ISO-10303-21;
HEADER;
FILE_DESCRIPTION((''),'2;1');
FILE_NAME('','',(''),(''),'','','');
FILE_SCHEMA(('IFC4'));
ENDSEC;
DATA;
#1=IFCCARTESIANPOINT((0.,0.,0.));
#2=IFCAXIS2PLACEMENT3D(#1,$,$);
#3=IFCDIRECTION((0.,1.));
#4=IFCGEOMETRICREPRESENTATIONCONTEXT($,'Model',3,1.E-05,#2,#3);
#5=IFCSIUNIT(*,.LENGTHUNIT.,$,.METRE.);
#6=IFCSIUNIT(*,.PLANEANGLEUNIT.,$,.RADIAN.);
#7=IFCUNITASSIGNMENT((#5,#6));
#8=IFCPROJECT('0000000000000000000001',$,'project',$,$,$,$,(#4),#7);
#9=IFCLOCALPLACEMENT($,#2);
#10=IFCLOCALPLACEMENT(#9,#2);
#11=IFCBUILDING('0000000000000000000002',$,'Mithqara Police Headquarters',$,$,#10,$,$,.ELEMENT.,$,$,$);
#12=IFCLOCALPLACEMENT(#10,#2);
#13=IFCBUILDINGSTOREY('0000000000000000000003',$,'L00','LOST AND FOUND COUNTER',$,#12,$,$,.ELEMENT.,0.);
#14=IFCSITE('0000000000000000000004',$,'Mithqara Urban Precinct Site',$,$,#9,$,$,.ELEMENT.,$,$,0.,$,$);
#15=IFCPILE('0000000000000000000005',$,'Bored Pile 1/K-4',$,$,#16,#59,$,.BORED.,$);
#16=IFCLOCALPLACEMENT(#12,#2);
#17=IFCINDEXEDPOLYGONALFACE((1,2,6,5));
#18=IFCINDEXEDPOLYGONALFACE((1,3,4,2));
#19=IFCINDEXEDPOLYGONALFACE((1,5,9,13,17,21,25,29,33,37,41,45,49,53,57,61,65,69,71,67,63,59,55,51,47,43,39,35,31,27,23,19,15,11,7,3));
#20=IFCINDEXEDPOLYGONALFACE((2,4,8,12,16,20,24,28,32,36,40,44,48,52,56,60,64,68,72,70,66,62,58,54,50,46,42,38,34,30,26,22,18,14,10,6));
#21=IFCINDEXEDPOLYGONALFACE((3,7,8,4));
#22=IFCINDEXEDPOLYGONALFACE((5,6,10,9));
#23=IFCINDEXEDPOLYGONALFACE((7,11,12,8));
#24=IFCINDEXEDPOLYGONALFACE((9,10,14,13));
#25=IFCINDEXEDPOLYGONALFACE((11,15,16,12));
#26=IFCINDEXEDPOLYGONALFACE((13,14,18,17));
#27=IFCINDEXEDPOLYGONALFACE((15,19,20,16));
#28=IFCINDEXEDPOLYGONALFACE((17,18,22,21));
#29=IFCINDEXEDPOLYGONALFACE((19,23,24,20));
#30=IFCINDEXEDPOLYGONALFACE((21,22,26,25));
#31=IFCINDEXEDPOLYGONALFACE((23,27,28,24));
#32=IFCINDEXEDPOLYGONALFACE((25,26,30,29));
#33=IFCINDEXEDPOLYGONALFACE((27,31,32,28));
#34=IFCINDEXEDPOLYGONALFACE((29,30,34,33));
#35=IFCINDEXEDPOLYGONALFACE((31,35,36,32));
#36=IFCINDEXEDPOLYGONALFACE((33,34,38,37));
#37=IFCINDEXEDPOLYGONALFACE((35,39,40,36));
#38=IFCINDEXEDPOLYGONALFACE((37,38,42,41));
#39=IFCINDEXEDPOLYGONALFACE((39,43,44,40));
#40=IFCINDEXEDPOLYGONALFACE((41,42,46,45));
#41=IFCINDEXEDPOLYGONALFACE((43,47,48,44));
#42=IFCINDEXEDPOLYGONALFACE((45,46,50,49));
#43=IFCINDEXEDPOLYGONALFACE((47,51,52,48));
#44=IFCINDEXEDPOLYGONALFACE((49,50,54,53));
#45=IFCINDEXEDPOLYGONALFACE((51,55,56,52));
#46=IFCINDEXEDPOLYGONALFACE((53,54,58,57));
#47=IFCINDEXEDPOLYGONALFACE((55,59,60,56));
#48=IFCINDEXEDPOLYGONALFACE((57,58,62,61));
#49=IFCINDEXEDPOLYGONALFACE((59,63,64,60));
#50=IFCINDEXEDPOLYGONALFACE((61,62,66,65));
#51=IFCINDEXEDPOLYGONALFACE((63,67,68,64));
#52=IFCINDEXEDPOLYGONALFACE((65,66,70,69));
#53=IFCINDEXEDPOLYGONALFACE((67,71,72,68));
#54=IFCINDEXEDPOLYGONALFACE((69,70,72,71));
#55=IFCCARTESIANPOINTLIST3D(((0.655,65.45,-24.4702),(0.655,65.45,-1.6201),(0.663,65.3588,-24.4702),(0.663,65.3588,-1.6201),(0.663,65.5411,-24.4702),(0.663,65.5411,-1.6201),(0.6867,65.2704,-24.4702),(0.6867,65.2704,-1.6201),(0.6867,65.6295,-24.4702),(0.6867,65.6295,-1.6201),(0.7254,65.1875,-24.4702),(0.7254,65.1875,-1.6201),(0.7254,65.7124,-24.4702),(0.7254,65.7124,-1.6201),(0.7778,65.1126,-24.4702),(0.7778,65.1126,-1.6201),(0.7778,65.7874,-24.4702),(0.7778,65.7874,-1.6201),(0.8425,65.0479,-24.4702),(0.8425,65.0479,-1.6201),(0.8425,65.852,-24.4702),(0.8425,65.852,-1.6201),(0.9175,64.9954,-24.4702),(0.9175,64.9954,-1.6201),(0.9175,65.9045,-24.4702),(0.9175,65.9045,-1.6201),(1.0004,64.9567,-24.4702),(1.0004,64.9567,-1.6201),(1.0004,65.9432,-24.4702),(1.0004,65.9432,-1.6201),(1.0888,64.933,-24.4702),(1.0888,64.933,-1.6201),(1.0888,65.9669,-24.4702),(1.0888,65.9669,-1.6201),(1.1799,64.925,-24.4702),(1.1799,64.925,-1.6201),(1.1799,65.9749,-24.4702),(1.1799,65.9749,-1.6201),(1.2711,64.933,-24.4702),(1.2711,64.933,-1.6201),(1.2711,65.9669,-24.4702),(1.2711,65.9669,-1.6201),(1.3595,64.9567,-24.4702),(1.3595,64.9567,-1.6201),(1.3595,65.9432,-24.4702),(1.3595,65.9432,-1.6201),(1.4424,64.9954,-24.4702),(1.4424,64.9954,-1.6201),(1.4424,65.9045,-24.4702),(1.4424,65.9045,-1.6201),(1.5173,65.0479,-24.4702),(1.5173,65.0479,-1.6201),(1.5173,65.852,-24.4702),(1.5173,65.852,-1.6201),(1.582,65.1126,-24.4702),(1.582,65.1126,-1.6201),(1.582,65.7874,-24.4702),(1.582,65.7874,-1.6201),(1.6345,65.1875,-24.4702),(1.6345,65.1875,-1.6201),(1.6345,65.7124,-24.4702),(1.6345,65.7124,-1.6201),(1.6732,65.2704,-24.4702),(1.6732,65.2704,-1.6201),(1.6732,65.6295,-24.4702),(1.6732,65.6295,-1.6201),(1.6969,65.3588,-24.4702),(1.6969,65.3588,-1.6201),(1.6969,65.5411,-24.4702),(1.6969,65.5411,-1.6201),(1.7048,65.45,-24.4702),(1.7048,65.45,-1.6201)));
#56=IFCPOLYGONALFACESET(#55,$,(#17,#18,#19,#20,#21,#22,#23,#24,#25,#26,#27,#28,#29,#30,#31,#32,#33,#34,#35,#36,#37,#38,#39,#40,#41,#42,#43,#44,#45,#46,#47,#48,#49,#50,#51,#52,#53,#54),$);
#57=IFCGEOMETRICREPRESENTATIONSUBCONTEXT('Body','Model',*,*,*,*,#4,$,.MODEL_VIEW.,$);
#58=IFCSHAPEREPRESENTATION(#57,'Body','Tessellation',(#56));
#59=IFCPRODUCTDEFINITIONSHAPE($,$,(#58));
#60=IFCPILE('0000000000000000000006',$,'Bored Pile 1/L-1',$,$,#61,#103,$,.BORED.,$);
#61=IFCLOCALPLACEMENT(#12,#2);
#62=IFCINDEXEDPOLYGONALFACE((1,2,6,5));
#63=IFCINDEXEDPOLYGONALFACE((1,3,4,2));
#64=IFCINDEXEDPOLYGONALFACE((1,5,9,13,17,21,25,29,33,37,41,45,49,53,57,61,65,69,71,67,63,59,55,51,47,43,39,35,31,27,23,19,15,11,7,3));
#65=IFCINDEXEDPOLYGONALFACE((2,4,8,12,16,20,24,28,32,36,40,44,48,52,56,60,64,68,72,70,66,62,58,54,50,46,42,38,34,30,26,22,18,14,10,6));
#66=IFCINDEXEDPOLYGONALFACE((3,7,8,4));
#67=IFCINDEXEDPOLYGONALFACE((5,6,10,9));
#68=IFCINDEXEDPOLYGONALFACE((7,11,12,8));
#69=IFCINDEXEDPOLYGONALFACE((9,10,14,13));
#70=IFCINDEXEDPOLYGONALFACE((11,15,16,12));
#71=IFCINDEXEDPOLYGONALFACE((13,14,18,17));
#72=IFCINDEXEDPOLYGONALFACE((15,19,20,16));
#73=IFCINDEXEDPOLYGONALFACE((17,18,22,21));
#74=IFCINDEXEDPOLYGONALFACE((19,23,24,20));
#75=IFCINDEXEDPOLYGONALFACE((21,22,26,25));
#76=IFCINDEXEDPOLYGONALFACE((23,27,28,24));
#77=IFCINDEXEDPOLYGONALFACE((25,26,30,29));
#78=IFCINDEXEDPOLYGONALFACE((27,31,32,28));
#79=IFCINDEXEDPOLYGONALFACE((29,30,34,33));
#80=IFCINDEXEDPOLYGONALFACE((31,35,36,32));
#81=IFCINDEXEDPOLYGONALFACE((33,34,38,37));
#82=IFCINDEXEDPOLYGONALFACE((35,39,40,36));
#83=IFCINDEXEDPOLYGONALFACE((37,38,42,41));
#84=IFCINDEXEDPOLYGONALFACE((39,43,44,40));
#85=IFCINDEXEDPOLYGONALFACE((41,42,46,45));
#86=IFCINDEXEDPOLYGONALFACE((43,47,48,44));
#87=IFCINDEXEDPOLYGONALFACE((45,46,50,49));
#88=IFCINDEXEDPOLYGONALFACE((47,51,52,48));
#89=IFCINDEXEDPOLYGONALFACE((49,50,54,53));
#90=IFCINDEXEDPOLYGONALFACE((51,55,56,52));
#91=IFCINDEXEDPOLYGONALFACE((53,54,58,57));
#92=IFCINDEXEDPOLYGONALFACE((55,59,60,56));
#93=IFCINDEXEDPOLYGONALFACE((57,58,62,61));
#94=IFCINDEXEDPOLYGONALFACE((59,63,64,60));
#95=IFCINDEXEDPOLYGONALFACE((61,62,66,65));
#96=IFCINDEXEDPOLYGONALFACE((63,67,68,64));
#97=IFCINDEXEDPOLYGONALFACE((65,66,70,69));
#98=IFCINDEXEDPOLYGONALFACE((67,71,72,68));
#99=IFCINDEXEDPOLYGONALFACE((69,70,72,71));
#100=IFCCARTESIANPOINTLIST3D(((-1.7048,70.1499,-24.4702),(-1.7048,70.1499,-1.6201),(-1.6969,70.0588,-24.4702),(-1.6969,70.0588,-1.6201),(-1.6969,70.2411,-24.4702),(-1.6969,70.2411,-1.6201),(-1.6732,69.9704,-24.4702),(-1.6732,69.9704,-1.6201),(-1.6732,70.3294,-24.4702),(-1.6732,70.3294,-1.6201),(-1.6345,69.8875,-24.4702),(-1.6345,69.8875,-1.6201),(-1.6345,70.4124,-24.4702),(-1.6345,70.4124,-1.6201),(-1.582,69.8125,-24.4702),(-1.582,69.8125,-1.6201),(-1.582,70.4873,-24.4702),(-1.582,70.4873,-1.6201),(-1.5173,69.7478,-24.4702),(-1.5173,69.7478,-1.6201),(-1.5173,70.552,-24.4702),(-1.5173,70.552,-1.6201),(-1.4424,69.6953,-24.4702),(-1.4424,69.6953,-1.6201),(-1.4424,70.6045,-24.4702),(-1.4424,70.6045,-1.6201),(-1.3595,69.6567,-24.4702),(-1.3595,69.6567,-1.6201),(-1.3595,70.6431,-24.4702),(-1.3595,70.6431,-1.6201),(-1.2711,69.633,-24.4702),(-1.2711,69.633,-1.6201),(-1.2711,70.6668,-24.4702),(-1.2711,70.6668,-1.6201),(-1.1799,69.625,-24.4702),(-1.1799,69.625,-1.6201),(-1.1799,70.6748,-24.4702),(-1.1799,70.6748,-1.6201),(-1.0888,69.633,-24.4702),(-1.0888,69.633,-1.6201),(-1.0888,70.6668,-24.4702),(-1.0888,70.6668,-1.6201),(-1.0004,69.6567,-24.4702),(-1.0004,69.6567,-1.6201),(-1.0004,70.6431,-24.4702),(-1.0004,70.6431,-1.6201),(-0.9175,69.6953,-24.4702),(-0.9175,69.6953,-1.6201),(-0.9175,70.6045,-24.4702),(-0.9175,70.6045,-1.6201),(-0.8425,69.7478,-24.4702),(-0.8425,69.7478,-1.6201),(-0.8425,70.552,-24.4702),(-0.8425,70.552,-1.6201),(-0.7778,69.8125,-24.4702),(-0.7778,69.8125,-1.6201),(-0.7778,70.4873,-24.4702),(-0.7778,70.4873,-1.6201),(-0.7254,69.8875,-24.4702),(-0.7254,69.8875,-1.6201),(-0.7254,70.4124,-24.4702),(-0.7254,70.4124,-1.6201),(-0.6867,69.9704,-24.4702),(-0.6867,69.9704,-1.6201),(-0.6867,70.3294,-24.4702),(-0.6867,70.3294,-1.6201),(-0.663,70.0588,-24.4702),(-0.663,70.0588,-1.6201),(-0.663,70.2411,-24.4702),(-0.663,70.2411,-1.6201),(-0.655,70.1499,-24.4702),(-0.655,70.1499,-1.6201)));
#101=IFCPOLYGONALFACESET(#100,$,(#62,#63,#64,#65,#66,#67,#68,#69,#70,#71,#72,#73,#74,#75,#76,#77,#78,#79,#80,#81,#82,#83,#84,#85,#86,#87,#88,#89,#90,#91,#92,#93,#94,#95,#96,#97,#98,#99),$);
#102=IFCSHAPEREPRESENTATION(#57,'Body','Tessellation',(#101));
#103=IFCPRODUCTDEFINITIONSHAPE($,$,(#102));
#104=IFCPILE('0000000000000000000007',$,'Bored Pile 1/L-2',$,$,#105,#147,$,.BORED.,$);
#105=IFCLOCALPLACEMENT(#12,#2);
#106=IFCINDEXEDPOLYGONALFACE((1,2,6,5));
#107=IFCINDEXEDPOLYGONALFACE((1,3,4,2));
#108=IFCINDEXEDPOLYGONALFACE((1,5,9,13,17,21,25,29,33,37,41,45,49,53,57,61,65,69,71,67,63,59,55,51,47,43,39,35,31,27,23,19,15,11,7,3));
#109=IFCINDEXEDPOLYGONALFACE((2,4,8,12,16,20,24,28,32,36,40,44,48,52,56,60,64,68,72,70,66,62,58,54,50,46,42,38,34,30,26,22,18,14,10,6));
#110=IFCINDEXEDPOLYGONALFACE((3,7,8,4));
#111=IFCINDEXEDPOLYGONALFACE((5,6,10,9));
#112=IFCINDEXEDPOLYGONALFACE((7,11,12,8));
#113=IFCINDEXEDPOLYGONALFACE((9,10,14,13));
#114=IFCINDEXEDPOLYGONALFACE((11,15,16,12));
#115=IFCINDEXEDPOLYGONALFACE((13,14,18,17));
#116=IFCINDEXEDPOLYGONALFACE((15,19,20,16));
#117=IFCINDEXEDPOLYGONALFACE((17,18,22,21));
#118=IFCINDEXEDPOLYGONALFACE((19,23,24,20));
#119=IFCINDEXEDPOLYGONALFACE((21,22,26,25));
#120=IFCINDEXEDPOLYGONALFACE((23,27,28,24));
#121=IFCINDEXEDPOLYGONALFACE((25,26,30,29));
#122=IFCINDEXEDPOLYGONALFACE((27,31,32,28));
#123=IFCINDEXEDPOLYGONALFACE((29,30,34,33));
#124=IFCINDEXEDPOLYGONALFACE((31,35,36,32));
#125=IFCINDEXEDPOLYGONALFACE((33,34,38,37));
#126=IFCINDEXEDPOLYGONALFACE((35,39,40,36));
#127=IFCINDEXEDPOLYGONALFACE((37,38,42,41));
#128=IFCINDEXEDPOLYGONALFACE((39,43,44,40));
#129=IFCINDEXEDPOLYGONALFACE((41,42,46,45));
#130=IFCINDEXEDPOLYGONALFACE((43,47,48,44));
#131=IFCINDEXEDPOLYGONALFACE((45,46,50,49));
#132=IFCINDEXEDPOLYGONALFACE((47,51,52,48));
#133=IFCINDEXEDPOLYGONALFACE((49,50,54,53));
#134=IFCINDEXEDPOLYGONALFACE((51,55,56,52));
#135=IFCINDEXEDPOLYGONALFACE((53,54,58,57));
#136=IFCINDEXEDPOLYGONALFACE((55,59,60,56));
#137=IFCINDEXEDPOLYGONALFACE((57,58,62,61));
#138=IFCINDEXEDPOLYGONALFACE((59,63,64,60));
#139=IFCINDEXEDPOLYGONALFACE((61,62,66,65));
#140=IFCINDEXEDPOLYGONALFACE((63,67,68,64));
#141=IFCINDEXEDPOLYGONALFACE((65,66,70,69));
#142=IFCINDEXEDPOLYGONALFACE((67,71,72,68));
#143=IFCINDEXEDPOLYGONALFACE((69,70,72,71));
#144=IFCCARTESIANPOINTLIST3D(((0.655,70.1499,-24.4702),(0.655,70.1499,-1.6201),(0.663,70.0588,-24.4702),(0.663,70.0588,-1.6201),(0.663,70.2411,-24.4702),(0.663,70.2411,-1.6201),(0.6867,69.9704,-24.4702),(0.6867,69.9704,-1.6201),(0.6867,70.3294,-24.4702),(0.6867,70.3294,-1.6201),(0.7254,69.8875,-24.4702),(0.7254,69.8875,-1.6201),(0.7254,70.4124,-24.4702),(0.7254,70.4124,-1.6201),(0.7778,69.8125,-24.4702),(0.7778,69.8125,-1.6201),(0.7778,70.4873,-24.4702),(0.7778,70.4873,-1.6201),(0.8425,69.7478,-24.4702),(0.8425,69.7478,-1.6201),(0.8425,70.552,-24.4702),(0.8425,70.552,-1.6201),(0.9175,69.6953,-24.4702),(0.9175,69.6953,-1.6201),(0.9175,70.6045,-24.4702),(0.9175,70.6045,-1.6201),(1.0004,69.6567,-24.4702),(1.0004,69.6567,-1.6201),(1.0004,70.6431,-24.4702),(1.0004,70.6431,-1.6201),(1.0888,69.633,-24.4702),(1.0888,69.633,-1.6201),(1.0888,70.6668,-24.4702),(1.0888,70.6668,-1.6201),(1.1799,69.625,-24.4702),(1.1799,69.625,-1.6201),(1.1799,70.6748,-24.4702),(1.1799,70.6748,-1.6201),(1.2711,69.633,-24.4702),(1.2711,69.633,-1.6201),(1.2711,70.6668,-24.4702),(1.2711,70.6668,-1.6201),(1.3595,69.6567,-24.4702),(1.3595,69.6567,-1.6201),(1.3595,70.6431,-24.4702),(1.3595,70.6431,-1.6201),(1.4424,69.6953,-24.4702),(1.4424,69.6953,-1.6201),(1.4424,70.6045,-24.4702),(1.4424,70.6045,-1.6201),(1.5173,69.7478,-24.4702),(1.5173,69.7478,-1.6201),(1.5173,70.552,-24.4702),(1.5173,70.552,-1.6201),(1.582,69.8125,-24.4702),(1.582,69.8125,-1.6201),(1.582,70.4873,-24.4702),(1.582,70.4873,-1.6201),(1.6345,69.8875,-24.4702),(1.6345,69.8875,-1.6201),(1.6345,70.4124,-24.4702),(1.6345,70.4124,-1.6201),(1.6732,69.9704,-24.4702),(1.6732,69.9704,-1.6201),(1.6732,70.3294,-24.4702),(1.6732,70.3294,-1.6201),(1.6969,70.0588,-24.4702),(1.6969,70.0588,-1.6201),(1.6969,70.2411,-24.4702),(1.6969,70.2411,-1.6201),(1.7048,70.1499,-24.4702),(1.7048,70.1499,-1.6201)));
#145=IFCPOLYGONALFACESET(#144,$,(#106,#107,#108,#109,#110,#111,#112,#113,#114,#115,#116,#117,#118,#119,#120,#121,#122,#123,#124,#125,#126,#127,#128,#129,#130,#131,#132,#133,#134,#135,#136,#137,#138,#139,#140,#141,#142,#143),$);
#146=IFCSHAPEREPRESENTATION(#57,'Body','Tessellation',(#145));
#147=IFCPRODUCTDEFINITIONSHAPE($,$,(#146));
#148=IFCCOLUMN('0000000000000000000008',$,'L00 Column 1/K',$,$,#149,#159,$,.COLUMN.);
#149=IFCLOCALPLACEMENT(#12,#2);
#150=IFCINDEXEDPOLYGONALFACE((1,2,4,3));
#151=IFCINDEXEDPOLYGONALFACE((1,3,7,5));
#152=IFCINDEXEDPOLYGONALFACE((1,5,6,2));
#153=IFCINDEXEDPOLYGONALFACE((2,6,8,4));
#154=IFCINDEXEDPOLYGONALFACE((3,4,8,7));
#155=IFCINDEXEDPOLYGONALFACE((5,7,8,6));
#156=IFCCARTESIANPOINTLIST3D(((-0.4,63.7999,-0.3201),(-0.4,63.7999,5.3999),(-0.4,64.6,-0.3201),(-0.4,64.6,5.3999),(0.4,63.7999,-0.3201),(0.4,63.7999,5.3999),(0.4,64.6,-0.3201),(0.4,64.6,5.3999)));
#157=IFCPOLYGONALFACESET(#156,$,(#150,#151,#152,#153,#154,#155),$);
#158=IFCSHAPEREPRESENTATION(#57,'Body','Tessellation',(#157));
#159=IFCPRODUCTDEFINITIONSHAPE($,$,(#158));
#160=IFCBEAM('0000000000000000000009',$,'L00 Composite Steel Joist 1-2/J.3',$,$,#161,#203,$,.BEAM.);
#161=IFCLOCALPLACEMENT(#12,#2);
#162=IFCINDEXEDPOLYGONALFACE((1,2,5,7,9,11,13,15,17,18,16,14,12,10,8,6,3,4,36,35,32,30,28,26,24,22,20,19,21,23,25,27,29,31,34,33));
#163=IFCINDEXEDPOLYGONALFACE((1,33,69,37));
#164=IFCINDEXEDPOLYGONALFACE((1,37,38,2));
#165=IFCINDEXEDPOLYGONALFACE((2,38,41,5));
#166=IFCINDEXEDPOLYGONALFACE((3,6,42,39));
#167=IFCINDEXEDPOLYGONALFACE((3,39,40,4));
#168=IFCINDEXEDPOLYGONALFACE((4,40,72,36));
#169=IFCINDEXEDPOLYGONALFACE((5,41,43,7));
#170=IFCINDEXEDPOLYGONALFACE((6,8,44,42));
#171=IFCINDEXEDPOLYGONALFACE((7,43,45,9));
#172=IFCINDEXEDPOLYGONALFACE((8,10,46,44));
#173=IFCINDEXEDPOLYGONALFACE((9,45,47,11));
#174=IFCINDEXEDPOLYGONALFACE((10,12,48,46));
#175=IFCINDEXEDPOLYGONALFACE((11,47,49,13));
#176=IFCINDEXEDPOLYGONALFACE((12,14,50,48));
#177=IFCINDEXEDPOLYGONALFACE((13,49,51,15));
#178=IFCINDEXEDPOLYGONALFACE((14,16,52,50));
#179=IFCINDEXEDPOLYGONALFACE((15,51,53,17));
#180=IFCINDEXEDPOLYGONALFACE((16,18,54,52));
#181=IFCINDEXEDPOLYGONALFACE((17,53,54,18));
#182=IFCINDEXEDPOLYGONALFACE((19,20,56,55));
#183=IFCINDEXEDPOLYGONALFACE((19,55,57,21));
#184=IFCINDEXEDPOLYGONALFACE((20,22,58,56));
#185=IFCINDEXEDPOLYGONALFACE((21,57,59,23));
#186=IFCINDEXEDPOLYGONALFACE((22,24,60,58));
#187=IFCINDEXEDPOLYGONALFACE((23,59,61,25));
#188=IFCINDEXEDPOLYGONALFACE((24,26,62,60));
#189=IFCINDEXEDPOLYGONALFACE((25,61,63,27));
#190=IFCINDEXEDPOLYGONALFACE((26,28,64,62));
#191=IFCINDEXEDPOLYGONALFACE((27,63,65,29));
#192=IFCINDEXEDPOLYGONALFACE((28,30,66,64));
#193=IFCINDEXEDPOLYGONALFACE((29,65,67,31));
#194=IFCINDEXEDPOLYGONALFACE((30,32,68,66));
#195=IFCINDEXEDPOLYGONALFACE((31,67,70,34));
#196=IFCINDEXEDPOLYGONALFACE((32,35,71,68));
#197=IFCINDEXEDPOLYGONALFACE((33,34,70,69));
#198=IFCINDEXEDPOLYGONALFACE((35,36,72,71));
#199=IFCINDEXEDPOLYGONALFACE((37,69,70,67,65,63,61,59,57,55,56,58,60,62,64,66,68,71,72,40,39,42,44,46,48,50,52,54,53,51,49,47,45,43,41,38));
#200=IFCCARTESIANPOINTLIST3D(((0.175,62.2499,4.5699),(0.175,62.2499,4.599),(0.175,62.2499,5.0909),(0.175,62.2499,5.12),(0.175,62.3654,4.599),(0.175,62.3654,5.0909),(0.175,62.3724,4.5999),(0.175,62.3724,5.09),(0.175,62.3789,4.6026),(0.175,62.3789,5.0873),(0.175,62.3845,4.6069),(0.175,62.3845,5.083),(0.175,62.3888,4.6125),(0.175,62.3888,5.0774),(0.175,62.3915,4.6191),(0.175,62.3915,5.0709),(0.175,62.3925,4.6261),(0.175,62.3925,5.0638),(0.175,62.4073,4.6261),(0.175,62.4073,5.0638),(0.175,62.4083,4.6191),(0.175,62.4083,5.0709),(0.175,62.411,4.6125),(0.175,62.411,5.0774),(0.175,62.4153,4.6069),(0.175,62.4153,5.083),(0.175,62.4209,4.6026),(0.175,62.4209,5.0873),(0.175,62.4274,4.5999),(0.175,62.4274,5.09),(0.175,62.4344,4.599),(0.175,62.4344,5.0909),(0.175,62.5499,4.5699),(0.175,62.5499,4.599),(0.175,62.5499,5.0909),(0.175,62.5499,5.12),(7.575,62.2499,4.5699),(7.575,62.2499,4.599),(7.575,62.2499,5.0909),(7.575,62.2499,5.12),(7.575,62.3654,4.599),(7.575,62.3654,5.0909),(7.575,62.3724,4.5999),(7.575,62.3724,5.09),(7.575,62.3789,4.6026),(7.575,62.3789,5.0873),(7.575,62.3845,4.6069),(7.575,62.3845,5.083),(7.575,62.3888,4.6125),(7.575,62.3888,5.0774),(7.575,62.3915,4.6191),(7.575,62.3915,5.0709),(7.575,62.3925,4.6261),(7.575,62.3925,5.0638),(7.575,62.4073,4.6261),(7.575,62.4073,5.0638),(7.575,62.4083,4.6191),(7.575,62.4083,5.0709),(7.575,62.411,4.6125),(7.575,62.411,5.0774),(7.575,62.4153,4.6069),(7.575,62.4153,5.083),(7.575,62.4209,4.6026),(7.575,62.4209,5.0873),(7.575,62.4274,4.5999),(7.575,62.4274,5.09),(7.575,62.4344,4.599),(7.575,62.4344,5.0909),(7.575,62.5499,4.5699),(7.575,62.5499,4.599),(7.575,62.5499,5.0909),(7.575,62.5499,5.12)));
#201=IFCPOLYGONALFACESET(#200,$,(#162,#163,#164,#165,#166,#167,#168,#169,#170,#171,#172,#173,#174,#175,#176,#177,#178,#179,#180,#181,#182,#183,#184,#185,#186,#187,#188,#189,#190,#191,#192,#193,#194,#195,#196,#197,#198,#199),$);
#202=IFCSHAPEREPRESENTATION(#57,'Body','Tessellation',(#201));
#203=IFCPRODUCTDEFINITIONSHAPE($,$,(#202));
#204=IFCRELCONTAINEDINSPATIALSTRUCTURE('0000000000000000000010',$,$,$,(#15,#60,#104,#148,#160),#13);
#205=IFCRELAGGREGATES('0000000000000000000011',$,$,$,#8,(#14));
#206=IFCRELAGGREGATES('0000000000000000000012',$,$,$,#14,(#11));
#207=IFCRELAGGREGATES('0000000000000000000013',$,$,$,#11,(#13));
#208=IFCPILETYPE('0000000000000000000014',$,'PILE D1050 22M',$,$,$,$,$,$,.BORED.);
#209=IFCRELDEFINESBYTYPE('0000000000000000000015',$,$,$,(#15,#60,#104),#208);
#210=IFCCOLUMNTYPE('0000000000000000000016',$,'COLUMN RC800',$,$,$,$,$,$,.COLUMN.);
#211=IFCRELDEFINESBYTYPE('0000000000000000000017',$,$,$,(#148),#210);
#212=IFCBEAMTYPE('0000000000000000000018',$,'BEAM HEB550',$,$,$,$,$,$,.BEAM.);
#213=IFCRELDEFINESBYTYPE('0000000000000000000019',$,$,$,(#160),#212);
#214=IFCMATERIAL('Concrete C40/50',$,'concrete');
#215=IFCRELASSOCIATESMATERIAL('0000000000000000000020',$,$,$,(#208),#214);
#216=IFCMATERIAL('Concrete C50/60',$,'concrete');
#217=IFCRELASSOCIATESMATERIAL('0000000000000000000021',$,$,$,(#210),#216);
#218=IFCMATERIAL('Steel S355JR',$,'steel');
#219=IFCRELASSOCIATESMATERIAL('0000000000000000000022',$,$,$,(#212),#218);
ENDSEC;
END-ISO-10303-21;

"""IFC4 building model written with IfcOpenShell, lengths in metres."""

from ifc_helpers import new_model, si_unit, direction, frame, origin, origin_2d, place, context, subcontext, project, spatial, rectangle, circle, i_section, extrude, material, material_profile, profile_set, type_object, element, save


model = new_model("IFC4")

# Units and contexts
model_context = context("Model", 3, precision=1e-05, world=origin(), true_north=direction((0.0, 1.0)))
body_context = subcontext(model_context, "Body", "Model", "MODEL_VIEW")
ifc_project = project(units=[si_unit("LENGTHUNIT", "METRE"), si_unit("PLANEANGLEUNIT", "RADIAN")], contexts=[model_context])

# Site, building, storey
site_placement = place(None, origin())
site = spatial("IfcSite", under=ifc_project, at=site_placement, Name="Mithqara Urban Precinct Site", CompositionType="ELEMENT", RefElevation=0.0)
building_placement = place(site_placement, origin())
building = spatial("IfcBuilding", under=site, at=building_placement, Name="Mithqara Police Headquarters", CompositionType="ELEMENT")
storey_placement = place(building_placement, origin())
storey = spatial("IfcBuildingStorey", under=building, at=storey_placement, Name="L00", Description="LOST AND FOUND COUNTER", CompositionType="ELEMENT", Elevation=0.0)

# Shared definitions
ifc_material_1 = material(Name="Concrete C40/50", Category="concrete")

# Piles
ifc_material_profile_1 = material_profile(ifc_material_1, circle(Radius=0.5249, at=origin_2d()), Name="PILE D1050")
ifc_profile_set_1 = profile_set([ifc_material_profile_1], Name="Concrete C40/50")
pile_type = type_object("IfcPileType", Name="PILE D1050 22M", PredefinedType="BORED", material=ifc_profile_set_1)
for number, where, z_axis, x_axis, name in (
    (1, (1.1799, 65.45, -1.6201), (0.0, 0.0, -1.0), (1.0, 0.0, 0.0), "Bored Pile 1/K-4"),
    (2, (-1.1799, 70.1499, -1.6201), (0.0, 0.0, -1.0), (1.0, 0.0, 0.0), "Bored Pile 1/L-1"),
    (3, (1.1799, 70.1499, -1.6201), (0.0, 0.0, -1.0), (1.0, 0.0, 0.0), "Bored Pile 1/L-2"),
):
    element("IfcPile", number, at=place(storey_placement, frame(where, z_axis=z_axis, x_axis=x_axis)), inside=storey, type_object=pile_type, Name=name, PredefinedType="BORED", context=body_context, shape_type="SweptSolid", body=[
        extrude(circle(Radius=0.5249, at=origin_2d()), origin(), (0.0, 0.0, 1.0), 22.8501),
    ])

# Column
ifc_material_2 = material(Name="Concrete C50/60", Category="concrete")
ifc_material_profile_2 = material_profile(ifc_material_2, rectangle(XDim=0.8, YDim=0.8, at=origin_2d()), Name="RC 800x800")
ifc_profile_set_2 = profile_set([ifc_material_profile_2], Name="Concrete C50/60")
column_type = type_object("IfcColumnType", Name="COLUMN RC800", PredefinedType="COLUMN", material=ifc_profile_set_2)
column_placement = place(storey_placement, frame((0.0, 64.2, -0.3201), z_axis=(0.0, 0.0, 1.0), x_axis=(1.0, 0.0, 0.0)))
element("IfcColumn", 4, at=column_placement, inside=storey, type_object=column_type, Name="L00 Column 1/K", PredefinedType="COLUMN", context=body_context, shape_type="SweptSolid", body=[
    extrude(rectangle(XDim=0.8, YDim=0.8, at=origin_2d()), origin(), (0.0, 0.0, 1.0), 5.72),
])

# Beam
ifc_material_3 = material(Name="Steel S355JR", Category="steel")
ifc_material_profile_3 = material_profile(ifc_material_3, i_section(OverallWidth=0.3, OverallDepth=0.55, WebThickness=0.0149, FlangeThickness=0.0291, FilletRadius=0.0271, at=origin_2d()), Name="HEB 550")
ifc_profile_set_3 = profile_set([ifc_material_profile_3], Name="Steel S355JR")
beam_type_1 = type_object("IfcBeamType", Name="BEAM HEB550", PredefinedType="BEAM", material=ifc_profile_set_3)
beam_1_placement = place(storey_placement, frame((0.175, 62.3999, 4.845), z_axis=(1.0, 0.0, 0.0), x_axis=(0.0, 1.0, 0.0)))
element("IfcBeam", 5, at=beam_1_placement, inside=storey, type_object=beam_type_1, Name="L00 Composite Steel Joist 1-2/J.3", PredefinedType="BEAM", context=body_context, shape_type="SweptSolid", body=[
    extrude(i_section(OverallWidth=0.3, OverallDepth=0.55, WebThickness=0.0149, FlangeThickness=0.0291, FilletRadius=0.0271, at=origin_2d()), origin(), (0.0, 0.0, 1.0), 7.3999),
])

save(model, "model.ifc")
